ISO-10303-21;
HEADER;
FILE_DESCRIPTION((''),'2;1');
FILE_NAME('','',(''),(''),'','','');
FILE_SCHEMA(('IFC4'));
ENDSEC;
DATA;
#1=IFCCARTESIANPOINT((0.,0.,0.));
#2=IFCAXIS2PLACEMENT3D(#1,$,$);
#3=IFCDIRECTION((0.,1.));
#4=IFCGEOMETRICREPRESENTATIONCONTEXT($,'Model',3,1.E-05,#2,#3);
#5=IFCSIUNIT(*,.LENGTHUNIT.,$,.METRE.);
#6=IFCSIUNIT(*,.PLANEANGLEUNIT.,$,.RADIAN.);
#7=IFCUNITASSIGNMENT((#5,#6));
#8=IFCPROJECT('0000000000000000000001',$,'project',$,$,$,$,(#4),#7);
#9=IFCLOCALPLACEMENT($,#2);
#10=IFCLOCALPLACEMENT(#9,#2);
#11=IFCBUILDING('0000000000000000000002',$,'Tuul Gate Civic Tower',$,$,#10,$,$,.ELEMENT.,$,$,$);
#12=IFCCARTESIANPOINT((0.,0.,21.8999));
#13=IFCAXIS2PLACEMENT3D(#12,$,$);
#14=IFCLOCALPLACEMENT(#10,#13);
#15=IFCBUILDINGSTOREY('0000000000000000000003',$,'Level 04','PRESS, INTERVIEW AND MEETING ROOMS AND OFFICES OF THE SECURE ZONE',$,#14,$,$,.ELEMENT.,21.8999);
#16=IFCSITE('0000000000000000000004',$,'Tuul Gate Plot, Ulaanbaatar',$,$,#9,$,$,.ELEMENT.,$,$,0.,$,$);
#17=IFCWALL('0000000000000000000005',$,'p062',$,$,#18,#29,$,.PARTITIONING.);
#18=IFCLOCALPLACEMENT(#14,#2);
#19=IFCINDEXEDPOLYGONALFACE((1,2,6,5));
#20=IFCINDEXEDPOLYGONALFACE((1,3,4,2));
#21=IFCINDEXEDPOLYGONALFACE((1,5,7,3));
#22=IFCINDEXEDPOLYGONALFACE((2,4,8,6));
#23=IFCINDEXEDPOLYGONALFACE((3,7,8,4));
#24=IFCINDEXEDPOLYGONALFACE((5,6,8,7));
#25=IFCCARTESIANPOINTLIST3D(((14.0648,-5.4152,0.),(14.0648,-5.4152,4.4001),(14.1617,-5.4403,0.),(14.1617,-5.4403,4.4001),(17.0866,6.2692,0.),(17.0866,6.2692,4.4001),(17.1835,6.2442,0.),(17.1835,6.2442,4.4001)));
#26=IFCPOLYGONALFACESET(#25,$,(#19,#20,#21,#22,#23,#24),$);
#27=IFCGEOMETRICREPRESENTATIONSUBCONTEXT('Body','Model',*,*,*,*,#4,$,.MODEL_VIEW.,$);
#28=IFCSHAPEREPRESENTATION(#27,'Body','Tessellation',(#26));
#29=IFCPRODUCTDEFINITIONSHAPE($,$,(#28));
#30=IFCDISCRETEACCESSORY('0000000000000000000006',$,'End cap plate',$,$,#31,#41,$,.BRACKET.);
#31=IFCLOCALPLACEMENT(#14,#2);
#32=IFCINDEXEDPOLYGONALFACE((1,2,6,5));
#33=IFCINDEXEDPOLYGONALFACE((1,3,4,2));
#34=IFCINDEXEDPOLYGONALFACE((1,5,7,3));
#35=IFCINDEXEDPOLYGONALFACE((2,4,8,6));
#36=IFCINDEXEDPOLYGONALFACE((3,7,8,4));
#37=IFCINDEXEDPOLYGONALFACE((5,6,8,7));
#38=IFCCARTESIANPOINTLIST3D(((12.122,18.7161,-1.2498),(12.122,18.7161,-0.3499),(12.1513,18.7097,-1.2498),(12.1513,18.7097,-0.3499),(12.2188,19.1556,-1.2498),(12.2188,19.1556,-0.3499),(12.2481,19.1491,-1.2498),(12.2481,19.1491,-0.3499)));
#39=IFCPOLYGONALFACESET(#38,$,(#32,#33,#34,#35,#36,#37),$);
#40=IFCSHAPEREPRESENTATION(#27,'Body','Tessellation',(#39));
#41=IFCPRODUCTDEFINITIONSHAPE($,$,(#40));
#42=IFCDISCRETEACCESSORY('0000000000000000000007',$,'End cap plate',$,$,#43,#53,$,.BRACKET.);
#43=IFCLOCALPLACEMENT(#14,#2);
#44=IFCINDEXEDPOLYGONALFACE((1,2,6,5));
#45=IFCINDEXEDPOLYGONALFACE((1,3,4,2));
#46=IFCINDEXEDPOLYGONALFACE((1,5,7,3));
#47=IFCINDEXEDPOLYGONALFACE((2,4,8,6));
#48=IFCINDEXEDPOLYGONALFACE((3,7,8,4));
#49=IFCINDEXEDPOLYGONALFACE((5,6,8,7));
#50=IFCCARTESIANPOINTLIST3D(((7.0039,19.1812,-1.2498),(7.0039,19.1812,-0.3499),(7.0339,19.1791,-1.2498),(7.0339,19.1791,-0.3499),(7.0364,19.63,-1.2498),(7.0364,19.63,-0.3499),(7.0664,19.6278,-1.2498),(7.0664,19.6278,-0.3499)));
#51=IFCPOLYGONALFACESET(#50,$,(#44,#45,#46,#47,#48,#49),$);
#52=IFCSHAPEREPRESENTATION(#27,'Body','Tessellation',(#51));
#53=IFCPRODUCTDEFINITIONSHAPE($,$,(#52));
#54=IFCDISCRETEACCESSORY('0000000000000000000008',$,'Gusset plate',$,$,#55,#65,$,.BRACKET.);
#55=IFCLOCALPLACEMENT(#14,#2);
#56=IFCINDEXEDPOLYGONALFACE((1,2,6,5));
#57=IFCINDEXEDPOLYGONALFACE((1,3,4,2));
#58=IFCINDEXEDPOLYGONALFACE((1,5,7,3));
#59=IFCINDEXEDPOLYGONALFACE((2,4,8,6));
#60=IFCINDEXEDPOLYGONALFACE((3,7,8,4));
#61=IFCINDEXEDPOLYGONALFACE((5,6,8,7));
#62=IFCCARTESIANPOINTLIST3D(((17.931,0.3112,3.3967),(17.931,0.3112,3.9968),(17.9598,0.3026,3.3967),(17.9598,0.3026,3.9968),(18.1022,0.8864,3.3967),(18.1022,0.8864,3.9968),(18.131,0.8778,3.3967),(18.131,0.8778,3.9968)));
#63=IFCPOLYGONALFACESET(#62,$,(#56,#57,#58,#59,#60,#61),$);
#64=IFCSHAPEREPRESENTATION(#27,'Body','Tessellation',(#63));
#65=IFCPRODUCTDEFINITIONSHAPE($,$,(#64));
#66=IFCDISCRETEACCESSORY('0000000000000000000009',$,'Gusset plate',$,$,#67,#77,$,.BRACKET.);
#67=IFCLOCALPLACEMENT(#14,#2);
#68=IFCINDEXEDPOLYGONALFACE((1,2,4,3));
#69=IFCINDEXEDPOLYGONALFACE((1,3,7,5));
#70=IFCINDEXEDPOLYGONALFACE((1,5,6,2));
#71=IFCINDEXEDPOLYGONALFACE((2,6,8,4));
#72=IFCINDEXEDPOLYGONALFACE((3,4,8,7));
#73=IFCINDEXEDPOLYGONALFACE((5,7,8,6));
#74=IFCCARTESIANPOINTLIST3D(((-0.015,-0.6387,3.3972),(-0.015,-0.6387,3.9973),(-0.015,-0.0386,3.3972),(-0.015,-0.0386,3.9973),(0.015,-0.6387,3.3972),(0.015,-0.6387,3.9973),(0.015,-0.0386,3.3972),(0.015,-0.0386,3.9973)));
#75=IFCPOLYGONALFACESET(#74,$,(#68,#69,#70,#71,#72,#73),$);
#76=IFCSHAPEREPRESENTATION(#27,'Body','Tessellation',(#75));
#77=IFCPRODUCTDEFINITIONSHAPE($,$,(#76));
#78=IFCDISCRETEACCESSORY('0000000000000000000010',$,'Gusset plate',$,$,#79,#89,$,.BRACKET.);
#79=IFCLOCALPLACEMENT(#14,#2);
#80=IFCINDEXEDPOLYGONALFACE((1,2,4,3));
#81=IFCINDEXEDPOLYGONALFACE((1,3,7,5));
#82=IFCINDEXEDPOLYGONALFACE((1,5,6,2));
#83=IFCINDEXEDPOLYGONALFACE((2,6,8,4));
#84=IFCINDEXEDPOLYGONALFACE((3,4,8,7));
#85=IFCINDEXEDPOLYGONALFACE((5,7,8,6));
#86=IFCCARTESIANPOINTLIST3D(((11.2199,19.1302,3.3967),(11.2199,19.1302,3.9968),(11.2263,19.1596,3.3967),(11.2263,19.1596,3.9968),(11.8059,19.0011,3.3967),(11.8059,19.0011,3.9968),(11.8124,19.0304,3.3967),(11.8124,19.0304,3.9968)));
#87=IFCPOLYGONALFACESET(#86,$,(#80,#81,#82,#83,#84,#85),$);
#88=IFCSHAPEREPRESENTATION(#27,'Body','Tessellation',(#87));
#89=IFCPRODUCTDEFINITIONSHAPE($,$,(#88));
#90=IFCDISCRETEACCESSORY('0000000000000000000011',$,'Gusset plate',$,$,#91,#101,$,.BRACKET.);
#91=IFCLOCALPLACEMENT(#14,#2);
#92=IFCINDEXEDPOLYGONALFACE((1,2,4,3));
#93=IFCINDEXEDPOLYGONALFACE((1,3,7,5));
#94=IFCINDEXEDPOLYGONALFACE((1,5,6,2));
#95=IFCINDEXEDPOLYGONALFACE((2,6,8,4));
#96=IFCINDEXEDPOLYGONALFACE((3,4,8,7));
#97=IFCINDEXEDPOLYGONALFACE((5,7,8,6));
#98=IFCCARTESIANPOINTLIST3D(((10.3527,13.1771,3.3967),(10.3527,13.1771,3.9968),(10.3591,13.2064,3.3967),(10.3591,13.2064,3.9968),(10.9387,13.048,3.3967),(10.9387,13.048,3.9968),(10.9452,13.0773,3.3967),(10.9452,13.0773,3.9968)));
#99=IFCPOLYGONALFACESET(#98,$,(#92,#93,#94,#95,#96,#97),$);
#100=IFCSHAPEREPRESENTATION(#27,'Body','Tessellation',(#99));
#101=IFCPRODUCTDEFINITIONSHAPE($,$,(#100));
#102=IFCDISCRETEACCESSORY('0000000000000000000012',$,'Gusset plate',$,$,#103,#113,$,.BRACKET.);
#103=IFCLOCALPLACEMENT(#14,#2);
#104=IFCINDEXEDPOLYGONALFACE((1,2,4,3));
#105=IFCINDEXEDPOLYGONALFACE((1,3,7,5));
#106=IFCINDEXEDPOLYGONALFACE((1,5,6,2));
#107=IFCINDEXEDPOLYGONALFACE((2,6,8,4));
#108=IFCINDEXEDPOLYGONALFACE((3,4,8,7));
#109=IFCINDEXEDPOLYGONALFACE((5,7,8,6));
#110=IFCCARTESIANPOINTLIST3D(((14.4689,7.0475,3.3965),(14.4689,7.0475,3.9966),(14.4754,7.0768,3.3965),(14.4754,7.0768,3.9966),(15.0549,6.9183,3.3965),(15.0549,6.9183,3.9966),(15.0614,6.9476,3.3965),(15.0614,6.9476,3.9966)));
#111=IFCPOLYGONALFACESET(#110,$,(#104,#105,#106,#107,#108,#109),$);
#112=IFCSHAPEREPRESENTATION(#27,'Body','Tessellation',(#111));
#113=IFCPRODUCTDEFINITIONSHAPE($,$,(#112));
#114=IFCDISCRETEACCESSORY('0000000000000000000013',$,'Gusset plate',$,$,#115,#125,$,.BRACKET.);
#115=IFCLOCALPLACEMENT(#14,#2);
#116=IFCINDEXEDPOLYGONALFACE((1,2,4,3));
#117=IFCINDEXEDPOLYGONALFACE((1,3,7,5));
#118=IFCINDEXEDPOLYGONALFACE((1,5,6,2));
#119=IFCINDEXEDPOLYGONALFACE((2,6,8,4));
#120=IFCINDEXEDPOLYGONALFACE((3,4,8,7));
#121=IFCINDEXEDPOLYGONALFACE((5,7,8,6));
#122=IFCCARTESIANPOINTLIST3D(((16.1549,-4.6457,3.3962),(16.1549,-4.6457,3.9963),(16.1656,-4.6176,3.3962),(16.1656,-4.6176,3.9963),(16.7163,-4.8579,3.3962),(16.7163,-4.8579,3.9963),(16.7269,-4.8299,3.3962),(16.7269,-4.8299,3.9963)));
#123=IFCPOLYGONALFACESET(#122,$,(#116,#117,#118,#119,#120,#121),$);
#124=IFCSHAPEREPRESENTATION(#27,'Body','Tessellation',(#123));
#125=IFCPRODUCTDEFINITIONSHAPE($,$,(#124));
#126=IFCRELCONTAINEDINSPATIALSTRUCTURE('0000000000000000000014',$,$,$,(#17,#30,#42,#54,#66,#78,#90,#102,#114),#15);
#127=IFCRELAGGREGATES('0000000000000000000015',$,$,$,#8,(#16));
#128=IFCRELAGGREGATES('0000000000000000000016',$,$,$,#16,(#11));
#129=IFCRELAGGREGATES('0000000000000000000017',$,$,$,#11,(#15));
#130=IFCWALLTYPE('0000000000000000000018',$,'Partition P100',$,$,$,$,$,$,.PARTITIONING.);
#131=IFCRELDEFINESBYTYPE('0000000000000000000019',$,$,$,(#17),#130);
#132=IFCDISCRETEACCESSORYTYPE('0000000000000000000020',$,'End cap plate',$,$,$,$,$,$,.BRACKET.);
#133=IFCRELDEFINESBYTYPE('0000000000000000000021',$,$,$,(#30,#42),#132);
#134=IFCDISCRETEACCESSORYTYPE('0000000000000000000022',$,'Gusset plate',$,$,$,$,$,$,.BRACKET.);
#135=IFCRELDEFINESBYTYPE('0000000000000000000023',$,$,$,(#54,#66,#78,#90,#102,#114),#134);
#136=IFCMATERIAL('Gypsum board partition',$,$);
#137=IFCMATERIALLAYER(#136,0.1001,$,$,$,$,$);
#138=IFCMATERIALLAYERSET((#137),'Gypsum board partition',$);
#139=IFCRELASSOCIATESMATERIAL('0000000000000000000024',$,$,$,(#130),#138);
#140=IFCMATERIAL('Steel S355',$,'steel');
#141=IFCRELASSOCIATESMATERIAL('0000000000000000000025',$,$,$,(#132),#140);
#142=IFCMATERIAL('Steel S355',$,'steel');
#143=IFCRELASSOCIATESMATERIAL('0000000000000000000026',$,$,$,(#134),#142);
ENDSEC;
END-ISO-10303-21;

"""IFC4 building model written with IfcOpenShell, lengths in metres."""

from ifc_helpers import new_model, si_unit, direction, frame, frame_2d, origin, origin_2d, place, context, subcontext, project, spatial, rectangle, extrude, material, layer, layer_set, type_object, element, save


model = new_model("IFC4")

# Units and contexts
model_context = context("Model", 3, precision=1e-05, world=origin(), true_north=direction((0.0, 1.0)))
body_context = subcontext(model_context, "Body", "Model", "MODEL_VIEW")
ifc_project = project(units=[si_unit("LENGTHUNIT", "METRE"), si_unit("PLANEANGLEUNIT", "RADIAN")], contexts=[model_context])

# Site, building, storey
site_placement = place(None, origin())
site = spatial("IfcSite", under=ifc_project, at=site_placement, Name="Tuul Gate Plot, Ulaanbaatar", CompositionType="ELEMENT", RefElevation=0.0)
building_placement = place(site_placement, origin())
building = spatial("IfcBuilding", under=site, at=building_placement, Name="Tuul Gate Civic Tower", CompositionType="ELEMENT")
storey_placement = place(building_placement, frame((0.0, 0.0, 21.8999)))
storey = spatial("IfcBuildingStorey", under=building, at=storey_placement, Name="Level 04", Description="PRESS, INTERVIEW AND MEETING ROOMS AND OFFICES OF THE SECURE ZONE", CompositionType="ELEMENT", Elevation=21.8999)

# Wall
ifc_material_1 = material(Name="Gypsum board partition")
ifc_layer_1 = layer(ifc_material_1, 0.1001)
ifc_layer_set_1 = layer_set([ifc_layer_1], Name="Gypsum board partition")
wall_type_1 = type_object("IfcWallType", Name="Partition P100", PredefinedType="PARTITIONING", material=ifc_layer_set_1)
wall_1_placement = place(storey_placement, frame((14.1133, -5.4277, 0.0), z_axis=(0.0, 0.0, 1.0), x_axis=(0.250377, 0.968149, 0.0)))
element("IfcWall", 1, at=wall_1_placement, inside=storey, type_object=wall_type_1, Name="p062", PredefinedType="PARTITIONING", context=body_context, shape_type="SweptSolid", body=[
    extrude(rectangle(XDim=12.0688, YDim=0.1001, at=frame_2d((6.0344, 0.0))), origin(), (0.0, 0.0, 1.0), 4.4001),
])

# Discrete accessories
ifc_material_2 = material(Name="Steel S355", Category="steel")
discrete_accessory_type_1 = type_object("IfcDiscreteAccessoryType", Name="End cap plate", PredefinedType="BRACKET", material=ifc_material_2)
for number, where, z_axis, x_axis, name in (
    (2, (12.1851, 18.9326, -1.2498), (0.0, 0.0, 1.0), (-0.976567, 0.215215, 0.0), "End cap plate"),
    (3, (7.0352, 19.4045, -1.2498), (0.0, 0.0, 1.0), (-0.997388, 0.072232, 0.0), "End cap plate"),
):
    element("IfcDiscreteAccessory", number, at=place(storey_placement, frame(where, z_axis=z_axis, x_axis=x_axis)), inside=storey, type_object=discrete_accessory_type_1, Name=name, PredefinedType="BRACKET", context=body_context, shape_type="SweptSolid", body=[
        extrude(rectangle(XDim=0.03, YDim=0.45, at=origin_2d()), origin(), (0.0, 0.0, 1.0), 0.8999),
    ])
ifc_material_3 = material(Name="Steel S355", Category="steel")
discrete_accessory_type_2 = type_object("IfcDiscreteAccessoryType", Name="Gusset plate", PredefinedType="BRACKET", material=ifc_material_3)
for number, where, z_axis, x_axis, name in (
    (4, (18.031, 0.5945, 3.3967), (0.0, 0.0, 1.0), (0.285196, 0.958469, 0.0), "Gusset plate"),
    (5, (0.0, -0.3386, 3.3972), (0.0, 0.0, 1.0), (0.0, 1.0, 0.0), "Gusset plate"),
    (6, (11.5161, 19.0803, 3.3967), (0.0, 0.0, 1.0), (0.976567, -0.215215, 0.0), "Gusset plate"),
    (7, (10.6489, 13.1272, 3.3967), (0.0, 0.0, 1.0), (0.976569, -0.215205, 0.0), "Gusset plate"),
    (8, (14.7651, 6.9976, 3.3965), (0.0, 0.0, 1.0), (-0.976565, 0.215222, 0.0), "Gusset plate"),
    (9, (16.4409, -4.7378, 3.3962), (0.0, 0.0, 1.0), (0.935379, -0.353648, 0.0), "Gusset plate"),
):
    element("IfcDiscreteAccessory", number, at=place(storey_placement, frame(where, z_axis=z_axis, x_axis=x_axis)), inside=storey, type_object=discrete_accessory_type_2, Name=name, PredefinedType="BRACKET", context=body_context, shape_type="SweptSolid", body=[
        extrude(rectangle(XDim=0.6001, YDim=0.03, at=origin_2d()), origin(), (0.0, 0.0, 1.0), 0.6001),
    ])

save(model, "model.ifc")
